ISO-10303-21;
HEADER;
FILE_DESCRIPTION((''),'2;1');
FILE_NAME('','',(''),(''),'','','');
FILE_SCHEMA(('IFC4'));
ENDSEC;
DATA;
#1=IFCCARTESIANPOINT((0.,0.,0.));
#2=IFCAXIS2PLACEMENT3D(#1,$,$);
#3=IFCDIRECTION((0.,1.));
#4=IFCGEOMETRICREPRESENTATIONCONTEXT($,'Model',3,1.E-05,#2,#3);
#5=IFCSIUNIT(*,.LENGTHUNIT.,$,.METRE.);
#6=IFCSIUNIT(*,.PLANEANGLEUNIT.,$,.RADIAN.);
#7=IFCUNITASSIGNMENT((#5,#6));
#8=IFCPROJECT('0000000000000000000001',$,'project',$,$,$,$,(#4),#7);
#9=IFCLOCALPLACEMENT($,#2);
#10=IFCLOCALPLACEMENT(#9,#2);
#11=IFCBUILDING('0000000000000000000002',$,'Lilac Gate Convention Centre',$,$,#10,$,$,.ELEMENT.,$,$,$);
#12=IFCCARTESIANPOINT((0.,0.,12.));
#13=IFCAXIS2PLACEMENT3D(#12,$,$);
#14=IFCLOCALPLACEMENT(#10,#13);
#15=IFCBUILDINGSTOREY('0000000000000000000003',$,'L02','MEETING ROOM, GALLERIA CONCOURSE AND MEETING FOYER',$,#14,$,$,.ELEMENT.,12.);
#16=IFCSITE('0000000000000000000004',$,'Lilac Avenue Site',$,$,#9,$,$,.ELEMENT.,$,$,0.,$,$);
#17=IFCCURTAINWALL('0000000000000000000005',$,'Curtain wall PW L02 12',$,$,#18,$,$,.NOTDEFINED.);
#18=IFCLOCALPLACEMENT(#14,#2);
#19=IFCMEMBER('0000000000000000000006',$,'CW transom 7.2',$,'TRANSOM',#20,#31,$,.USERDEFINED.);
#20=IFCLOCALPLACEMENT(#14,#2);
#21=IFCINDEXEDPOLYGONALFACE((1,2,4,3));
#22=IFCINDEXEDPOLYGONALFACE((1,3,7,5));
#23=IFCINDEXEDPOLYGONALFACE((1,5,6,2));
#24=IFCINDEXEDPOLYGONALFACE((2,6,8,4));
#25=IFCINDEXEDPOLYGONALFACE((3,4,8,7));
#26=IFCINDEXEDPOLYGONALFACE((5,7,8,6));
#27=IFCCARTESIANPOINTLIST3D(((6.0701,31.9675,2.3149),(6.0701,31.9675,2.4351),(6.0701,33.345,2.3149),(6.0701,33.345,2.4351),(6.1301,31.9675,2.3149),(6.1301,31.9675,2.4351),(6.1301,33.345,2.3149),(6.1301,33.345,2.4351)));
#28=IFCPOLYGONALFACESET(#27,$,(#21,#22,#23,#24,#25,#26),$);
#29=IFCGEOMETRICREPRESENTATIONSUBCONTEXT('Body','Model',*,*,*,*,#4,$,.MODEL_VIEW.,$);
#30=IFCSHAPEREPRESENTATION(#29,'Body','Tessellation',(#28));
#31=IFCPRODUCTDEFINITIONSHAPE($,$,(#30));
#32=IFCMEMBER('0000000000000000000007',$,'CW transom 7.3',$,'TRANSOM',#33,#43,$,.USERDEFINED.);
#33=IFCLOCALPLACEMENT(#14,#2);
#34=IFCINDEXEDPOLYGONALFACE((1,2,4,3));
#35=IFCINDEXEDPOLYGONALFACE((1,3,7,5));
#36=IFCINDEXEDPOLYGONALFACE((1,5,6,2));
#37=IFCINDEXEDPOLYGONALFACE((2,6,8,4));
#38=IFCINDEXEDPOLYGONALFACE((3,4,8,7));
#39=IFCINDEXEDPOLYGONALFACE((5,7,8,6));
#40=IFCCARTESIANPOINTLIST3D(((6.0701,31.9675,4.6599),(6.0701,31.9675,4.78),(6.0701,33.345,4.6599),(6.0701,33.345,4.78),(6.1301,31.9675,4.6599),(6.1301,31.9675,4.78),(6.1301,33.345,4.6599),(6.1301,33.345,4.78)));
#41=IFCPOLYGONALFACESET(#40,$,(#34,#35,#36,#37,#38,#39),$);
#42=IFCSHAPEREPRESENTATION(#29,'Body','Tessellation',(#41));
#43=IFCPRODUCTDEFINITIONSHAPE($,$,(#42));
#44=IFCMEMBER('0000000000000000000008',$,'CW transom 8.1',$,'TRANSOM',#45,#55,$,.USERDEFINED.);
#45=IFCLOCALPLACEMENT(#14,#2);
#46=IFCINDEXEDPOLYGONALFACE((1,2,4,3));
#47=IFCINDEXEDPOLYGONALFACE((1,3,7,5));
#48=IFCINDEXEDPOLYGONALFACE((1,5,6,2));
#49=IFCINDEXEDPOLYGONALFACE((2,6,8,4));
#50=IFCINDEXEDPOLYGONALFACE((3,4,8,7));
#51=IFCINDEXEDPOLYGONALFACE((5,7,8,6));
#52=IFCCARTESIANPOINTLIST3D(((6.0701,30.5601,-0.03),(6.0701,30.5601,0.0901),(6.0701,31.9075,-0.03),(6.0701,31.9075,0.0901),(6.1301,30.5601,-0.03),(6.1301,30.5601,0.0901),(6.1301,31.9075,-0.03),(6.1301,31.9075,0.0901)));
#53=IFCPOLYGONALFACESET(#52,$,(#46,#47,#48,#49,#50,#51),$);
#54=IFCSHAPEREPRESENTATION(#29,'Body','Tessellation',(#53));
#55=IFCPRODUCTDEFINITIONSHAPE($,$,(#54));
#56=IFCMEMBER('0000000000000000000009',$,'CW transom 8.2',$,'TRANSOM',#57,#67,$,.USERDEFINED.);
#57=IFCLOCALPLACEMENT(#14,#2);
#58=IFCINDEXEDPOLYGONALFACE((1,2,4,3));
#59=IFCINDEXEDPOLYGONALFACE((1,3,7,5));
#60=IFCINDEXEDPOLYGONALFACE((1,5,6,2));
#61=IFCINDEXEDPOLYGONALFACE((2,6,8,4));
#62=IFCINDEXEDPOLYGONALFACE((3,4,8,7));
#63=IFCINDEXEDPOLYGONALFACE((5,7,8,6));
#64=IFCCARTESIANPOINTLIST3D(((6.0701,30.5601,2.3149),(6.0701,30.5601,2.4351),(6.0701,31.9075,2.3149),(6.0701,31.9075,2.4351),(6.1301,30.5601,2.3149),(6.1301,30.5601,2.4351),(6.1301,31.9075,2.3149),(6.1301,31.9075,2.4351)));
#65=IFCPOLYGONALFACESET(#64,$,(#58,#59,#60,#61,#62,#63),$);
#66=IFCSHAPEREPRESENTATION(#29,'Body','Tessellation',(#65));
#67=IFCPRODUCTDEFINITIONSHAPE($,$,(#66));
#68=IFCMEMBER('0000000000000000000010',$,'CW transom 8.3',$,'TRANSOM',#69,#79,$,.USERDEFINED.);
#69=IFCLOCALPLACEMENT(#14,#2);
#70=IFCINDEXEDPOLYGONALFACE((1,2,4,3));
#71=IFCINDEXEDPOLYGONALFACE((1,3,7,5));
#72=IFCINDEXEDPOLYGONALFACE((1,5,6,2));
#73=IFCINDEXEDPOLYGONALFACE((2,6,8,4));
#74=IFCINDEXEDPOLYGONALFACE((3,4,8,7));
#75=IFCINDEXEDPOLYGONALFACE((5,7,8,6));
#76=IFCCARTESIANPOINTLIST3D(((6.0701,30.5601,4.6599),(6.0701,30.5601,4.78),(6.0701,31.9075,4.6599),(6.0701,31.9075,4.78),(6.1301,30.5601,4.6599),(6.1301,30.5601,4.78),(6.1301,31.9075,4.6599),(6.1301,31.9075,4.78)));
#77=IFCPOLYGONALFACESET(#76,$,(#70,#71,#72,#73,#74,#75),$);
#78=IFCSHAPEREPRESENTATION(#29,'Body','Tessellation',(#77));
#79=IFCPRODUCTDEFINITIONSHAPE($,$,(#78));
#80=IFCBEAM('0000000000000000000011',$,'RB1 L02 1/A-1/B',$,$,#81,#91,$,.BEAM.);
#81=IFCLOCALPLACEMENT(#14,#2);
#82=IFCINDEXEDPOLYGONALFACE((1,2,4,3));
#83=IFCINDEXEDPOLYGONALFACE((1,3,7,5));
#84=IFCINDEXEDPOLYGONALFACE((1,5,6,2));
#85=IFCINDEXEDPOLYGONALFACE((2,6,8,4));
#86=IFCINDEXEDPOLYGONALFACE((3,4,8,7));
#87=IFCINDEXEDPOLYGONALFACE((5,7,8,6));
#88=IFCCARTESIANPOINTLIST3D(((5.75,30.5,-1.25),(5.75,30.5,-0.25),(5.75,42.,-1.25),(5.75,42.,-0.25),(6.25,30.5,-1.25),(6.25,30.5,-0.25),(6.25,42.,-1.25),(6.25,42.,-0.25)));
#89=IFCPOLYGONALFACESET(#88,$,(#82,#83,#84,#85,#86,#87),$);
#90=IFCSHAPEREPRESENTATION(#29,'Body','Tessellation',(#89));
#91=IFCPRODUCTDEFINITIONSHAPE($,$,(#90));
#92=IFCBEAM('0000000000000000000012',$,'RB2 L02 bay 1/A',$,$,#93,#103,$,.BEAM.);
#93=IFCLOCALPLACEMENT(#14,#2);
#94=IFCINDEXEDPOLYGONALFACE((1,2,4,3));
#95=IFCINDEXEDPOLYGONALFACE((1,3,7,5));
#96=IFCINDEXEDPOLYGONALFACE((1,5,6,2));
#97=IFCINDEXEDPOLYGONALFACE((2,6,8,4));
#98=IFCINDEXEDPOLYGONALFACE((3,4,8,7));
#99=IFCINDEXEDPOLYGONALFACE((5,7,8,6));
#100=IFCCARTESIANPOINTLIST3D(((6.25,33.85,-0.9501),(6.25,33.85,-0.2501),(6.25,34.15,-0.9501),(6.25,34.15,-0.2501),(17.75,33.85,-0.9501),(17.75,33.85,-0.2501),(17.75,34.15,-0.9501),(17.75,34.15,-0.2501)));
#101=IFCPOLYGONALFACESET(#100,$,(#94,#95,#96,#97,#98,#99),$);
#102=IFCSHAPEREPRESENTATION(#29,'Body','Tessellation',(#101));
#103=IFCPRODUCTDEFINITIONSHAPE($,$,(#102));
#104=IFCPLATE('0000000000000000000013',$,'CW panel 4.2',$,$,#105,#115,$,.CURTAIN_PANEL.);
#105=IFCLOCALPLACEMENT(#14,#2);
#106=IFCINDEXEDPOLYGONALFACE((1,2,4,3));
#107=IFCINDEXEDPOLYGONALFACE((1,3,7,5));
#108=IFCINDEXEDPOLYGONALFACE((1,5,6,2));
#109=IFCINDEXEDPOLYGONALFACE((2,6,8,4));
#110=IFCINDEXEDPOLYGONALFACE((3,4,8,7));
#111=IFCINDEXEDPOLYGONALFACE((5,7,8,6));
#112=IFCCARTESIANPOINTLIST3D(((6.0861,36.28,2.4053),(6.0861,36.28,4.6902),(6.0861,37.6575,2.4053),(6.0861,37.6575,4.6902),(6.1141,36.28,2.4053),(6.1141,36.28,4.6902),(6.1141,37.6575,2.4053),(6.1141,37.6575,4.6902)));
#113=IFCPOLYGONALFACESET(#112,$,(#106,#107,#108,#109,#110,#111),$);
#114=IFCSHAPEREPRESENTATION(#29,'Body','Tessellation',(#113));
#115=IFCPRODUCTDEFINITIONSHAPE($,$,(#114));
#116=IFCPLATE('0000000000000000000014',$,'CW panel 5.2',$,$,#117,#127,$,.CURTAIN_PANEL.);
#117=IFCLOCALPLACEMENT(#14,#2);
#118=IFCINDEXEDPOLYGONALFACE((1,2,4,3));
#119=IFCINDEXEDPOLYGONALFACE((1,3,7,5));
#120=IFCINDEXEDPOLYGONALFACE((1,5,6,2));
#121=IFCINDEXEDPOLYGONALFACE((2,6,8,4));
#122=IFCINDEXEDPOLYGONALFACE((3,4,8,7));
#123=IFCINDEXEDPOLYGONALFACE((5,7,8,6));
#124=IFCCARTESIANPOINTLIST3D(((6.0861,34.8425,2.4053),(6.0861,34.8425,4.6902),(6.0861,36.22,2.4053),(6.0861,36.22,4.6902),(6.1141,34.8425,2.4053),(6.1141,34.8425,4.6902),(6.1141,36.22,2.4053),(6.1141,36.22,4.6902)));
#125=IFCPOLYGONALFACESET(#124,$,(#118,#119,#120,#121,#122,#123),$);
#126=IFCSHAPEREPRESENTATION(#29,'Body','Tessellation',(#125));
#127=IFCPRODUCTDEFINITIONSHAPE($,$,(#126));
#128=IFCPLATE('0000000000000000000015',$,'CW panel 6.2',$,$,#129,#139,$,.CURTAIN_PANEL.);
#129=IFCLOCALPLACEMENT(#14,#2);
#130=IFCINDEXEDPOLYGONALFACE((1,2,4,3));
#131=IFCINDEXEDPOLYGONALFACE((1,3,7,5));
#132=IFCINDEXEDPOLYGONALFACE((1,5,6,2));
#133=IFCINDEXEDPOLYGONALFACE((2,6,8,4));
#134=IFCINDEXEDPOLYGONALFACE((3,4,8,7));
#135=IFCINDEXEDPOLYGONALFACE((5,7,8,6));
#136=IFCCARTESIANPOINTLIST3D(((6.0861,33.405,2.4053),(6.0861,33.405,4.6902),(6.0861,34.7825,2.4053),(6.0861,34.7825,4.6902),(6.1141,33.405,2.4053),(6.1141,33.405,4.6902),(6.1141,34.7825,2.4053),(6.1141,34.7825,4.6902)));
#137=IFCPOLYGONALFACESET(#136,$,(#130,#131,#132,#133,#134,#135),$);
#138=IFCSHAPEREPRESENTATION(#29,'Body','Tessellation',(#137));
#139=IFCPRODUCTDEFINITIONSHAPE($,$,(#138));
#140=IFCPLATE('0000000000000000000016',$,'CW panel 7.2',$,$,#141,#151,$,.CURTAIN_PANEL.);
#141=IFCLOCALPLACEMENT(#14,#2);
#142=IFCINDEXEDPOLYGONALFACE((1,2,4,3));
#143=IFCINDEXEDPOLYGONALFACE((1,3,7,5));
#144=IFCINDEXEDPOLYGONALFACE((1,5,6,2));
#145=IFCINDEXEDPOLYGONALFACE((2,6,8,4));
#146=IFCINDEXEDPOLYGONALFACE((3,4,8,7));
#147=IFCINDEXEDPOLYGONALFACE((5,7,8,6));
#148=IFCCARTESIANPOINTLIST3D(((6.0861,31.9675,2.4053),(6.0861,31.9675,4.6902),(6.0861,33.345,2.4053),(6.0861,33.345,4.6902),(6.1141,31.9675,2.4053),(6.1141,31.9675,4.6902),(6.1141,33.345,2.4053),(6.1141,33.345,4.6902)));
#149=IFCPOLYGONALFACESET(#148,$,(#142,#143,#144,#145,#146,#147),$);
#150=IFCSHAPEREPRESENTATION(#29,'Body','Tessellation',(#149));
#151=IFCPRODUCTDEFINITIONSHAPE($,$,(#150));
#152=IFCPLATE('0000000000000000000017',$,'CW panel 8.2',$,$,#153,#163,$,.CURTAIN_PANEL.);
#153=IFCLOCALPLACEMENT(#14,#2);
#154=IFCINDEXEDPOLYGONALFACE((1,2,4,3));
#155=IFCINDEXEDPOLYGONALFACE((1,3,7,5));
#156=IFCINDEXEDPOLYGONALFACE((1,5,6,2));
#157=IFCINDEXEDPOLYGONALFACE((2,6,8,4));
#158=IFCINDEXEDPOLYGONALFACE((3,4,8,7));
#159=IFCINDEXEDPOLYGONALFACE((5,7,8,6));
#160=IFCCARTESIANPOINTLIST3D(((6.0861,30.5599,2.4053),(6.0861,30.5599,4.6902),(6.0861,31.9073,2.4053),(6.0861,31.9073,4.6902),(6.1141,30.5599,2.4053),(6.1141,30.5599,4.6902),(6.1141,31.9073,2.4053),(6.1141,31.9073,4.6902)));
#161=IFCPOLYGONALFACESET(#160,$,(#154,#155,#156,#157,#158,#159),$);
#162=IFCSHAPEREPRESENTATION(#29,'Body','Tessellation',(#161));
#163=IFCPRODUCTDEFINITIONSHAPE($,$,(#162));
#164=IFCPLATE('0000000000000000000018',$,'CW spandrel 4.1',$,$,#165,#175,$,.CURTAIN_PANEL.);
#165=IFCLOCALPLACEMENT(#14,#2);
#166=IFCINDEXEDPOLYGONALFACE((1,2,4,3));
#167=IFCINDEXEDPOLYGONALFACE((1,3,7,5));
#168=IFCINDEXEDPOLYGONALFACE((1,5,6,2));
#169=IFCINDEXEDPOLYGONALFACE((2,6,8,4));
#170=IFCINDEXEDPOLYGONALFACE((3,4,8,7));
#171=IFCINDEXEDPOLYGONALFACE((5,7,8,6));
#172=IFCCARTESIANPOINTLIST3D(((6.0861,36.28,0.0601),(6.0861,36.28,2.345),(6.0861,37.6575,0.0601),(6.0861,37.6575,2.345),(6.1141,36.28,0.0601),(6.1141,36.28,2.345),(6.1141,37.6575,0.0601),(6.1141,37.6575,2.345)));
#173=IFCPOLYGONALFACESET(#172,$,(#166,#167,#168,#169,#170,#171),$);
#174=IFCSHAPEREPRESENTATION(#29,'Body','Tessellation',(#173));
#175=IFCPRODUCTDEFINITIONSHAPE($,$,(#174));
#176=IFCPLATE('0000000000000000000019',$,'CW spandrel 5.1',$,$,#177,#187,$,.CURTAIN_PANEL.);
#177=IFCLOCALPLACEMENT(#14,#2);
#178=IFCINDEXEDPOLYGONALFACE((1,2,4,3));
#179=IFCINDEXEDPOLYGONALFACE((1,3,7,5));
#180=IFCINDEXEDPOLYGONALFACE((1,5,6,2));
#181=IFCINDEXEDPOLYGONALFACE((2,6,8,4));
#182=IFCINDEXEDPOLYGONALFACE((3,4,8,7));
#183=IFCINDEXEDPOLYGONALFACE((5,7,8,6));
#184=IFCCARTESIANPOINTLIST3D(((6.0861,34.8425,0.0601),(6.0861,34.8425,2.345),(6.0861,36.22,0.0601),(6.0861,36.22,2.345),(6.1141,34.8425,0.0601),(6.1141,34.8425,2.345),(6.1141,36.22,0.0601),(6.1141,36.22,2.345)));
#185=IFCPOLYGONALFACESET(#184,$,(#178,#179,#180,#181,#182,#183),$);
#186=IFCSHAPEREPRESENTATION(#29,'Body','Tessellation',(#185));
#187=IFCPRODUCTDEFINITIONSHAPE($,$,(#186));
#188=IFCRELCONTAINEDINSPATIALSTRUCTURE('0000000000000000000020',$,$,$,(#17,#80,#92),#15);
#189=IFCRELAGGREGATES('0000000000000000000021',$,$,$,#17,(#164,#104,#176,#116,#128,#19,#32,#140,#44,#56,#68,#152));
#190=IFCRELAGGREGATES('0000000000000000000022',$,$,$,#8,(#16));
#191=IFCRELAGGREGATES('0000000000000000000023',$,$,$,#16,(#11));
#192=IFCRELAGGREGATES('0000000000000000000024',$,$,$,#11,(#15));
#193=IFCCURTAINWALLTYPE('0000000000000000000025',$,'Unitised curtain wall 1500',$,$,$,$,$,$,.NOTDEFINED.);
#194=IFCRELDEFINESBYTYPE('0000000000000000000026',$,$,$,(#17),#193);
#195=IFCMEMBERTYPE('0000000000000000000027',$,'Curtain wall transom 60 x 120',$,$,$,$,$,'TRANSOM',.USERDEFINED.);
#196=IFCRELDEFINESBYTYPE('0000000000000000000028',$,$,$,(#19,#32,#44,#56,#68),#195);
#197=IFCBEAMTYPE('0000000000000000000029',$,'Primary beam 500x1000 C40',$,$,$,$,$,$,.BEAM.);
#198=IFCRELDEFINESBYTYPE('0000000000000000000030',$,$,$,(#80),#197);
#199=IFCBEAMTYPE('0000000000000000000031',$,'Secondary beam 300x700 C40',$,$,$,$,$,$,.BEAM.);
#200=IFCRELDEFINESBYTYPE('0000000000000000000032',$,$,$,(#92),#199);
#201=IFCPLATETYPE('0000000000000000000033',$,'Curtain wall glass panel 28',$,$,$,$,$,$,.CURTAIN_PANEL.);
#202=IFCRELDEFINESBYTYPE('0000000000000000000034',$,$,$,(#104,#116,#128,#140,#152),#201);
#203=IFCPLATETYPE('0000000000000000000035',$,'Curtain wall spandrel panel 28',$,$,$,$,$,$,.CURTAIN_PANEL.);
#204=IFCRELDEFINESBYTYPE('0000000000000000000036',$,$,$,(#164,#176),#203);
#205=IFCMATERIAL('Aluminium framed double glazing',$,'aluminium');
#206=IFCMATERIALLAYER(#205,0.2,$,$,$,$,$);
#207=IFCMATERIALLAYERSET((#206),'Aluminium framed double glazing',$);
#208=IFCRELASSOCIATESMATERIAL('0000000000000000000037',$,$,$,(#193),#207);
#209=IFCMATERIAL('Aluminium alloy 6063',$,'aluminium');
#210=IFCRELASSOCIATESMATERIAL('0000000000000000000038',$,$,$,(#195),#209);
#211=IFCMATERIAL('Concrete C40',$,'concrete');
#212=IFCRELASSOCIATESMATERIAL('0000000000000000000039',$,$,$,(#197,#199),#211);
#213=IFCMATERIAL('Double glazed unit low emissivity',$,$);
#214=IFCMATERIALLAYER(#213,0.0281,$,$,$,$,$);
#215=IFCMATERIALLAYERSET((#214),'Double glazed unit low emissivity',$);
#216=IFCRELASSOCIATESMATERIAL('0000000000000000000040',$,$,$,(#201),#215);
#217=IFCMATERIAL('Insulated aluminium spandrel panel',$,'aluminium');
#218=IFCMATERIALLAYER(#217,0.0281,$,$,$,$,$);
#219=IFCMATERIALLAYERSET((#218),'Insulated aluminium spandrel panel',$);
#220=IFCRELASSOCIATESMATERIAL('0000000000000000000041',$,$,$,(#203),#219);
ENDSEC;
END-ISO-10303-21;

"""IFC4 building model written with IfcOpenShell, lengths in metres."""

from ifc_helpers import new_model, si_unit, direction, frame, origin, origin_2d, place, context, subcontext, project, spatial, rectangle, extrude, material, layer, layer_set, material_profile, profile_set, type_object, element, aggregate, save


model = new_model("IFC4")

# Units and contexts
model_context = context("Model", 3, precision=1e-05, world=origin(), true_north=direction((0.0, 1.0)))
body_context = subcontext(model_context, "Body", "Model", "MODEL_VIEW")
ifc_project = project(units=[si_unit("LENGTHUNIT", "METRE"), si_unit("PLANEANGLEUNIT", "RADIAN")], contexts=[model_context])

# Site, building, storey
site_placement = place(None, origin())
site = spatial("IfcSite", under=ifc_project, at=site_placement, Name="Lilac Avenue Site", CompositionType="ELEMENT", RefElevation=0.0)
building_placement = place(site_placement, origin())
building = spatial("IfcBuilding", under=site, at=building_placement, Name="Lilac Gate Convention Centre", CompositionType="ELEMENT")
storey_placement = place(building_placement, frame((0.0, 0.0, 12.0)))
storey = spatial("IfcBuildingStorey", under=building, at=storey_placement, Name="L02", Description="MEETING ROOM, GALLERIA CONCOURSE AND MEETING FOYER", CompositionType="ELEMENT", Elevation=12.0)

# Curtain wall, members
ifc_material_1 = material(Name="Aluminium framed double glazing", Category="aluminium")
ifc_layer_1 = layer(ifc_material_1, 0.2)
ifc_layer_set_1 = layer_set([ifc_layer_1], Name="Aluminium framed double glazing")
curtain_wall_type = type_object("IfcCurtainWallType", Name="Unitised curtain wall 1500", PredefinedType="NOTDEFINED", material=ifc_layer_set_1)
curtain_wall_placement = place(storey_placement, origin())
curtain_wall = element("IfcCurtainWall", 1, at=curtain_wall_placement, inside=storey, type_object=curtain_wall_type, Name="Curtain wall PW L02 12", PredefinedType="NOTDEFINED")
ifc_material_2 = material(Name="Aluminium alloy 6063", Category="aluminium")
ifc_material_profile_1 = material_profile(ifc_material_2, rectangle(XDim=0.0601, YDim=0.1201, at=origin_2d()), Name="Curtain wall transom 60 x 120")
ifc_profile_set_1 = profile_set([ifc_material_profile_1], Name="Aluminium alloy 6063")
member_type_1 = type_object("IfcMemberType", Name="Curtain wall transom 60 x 120", ElementType="TRANSOM", PredefinedType="USERDEFINED", material=ifc_profile_set_1)
member_1_placement = place(storey_placement, frame((6.1001, 33.345, 2.375), z_axis=(0.0, -1.0, 0.0), x_axis=(1.0, 0.0, 0.0)))
member_1 = element("IfcMember", 2, at=member_1_placement, type_object=member_type_1, Name="CW transom 7.2", ObjectType="TRANSOM", PredefinedType="USERDEFINED", context=body_context, shape_type="SweptSolid", body=[
    extrude(rectangle(XDim=0.0601, YDim=0.1201, at=origin_2d()), origin(), (0.0, 0.0, 1.0), 1.3774),
])
member_2_placement = place(storey_placement, frame((6.1001, 33.345, 4.72), z_axis=(0.0, -1.0, 0.0), x_axis=(1.0, 0.0, 0.0)))
member_2 = element("IfcMember", 3, at=member_2_placement, type_object=member_type_1, Name="CW transom 7.3", ObjectType="TRANSOM", PredefinedType="USERDEFINED", context=body_context, shape_type="SweptSolid", body=[
    extrude(rectangle(XDim=0.0601, YDim=0.1201, at=origin_2d()), origin(), (0.0, 0.0, 1.0), 1.3774),
])
member_3_placement = place(storey_placement, frame((6.1001, 31.9075, 0.03), z_axis=(0.0, -1.0, 0.0), x_axis=(1.0, 0.0, 0.0)))
member_3 = element("IfcMember", 4, at=member_3_placement, type_object=member_type_1, Name="CW transom 8.1", ObjectType="TRANSOM", PredefinedType="USERDEFINED", context=body_context, shape_type="SweptSolid", body=[
    extrude(rectangle(XDim=0.0601, YDim=0.1201, at=origin_2d()), origin(), (0.0, 0.0, 1.0), 1.3474),
])
member_4_placement = place(storey_placement, frame((6.1001, 31.9075, 2.375), z_axis=(0.0, -1.0, 0.0), x_axis=(1.0, 0.0, 0.0)))
member_4 = element("IfcMember", 5, at=member_4_placement, type_object=member_type_1, Name="CW transom 8.2", ObjectType="TRANSOM", PredefinedType="USERDEFINED", context=body_context, shape_type="SweptSolid", body=[
    extrude(rectangle(XDim=0.0601, YDim=0.1201, at=origin_2d()), origin(), (0.0, 0.0, 1.0), 1.3474),
])
member_5_placement = place(storey_placement, frame((6.1001, 31.9075, 4.72), z_axis=(0.0, -1.0, 0.0), x_axis=(1.0, 0.0, 0.0)))
member_5 = element("IfcMember", 6, at=member_5_placement, type_object=member_type_1, Name="CW transom 8.3", ObjectType="TRANSOM", PredefinedType="USERDEFINED", context=body_context, shape_type="SweptSolid", body=[
    extrude(rectangle(XDim=0.0601, YDim=0.1201, at=origin_2d()), origin(), (0.0, 0.0, 1.0), 1.3474),
])

# Beams
ifc_material_3 = material(Name="Concrete C40", Category="concrete")
ifc_material_profile_2 = material_profile(ifc_material_3, rectangle(XDim=0.5, YDim=1.0, at=origin_2d()), Name="RC 500x1000")
ifc_profile_set_2 = profile_set([ifc_material_profile_2], Name="Concrete C40")
beam_type_1 = type_object("IfcBeamType", Name="Primary beam 500x1000 C40", PredefinedType="BEAM", material=ifc_profile_set_2)
beam_1_placement = place(storey_placement, frame((6.0, 30.5, -0.75), z_axis=(0.0, 1.0, 0.0), x_axis=(-1.0, 0.0, 0.0)))
element("IfcBeam", 7, at=beam_1_placement, inside=storey, type_object=beam_type_1, Name="RB1 L02 1/A-1/B", PredefinedType="BEAM", context=body_context, shape_type="SweptSolid", body=[
    extrude(rectangle(XDim=0.5, YDim=1.0, at=origin_2d()), origin(), (0.0, 0.0, 1.0), 11.5),
])
ifc_material_profile_3 = material_profile(ifc_material_3, rectangle(XDim=0.3, YDim=0.7, at=origin_2d()), Name="RC 300x700")
ifc_profile_set_3 = profile_set([ifc_material_profile_3], Name="Concrete C40")
beam_type_2 = type_object("IfcBeamType", Name="Secondary beam 300x700 C40", PredefinedType="BEAM", material=ifc_profile_set_3)
beam_2_placement = place(storey_placement, frame((6.25, 34.0, -0.6001), z_axis=(1.0, 0.0, 0.0), x_axis=(0.0, 1.0, 0.0)))
element("IfcBeam", 8, at=beam_2_placement, inside=storey, type_object=beam_type_2, Name="RB2 L02 bay 1/A", PredefinedType="BEAM", context=body_context, shape_type="SweptSolid", body=[
    extrude(rectangle(XDim=0.3, YDim=0.7, at=origin_2d()), origin(), (0.0, 0.0, 1.0), 11.5),
])

# Plates
ifc_material_4 = material(Name="Double glazed unit low emissivity")
ifc_layer_2 = layer(ifc_material_4, 0.0281)
ifc_layer_set_2 = layer_set([ifc_layer_2], Name="Double glazed unit low emissivity")
plate_type_1 = type_object("IfcPlateType", Name="Curtain wall glass panel 28", PredefinedType="CURTAIN_PANEL", material=ifc_layer_set_2)
plate_1_placement = place(storey_placement, frame((6.1001, 36.9688, 2.4053), z_axis=(0.0, 0.0, 1.0), x_axis=(0.0, -1.0, 0.0)))
plate_1 = element("IfcPlate", 9, at=plate_1_placement, type_object=plate_type_1, Name="CW panel 4.2", PredefinedType="CURTAIN_PANEL", context=body_context, shape_type="SweptSolid", body=[
    extrude(rectangle(XDim=1.3774, YDim=0.0281, at=origin_2d()), origin(), (0.0, 0.0, 1.0), 2.2849),
])
plate_2_placement = place(storey_placement, frame((6.1001, 35.5312, 2.4053), z_axis=(0.0, 0.0, 1.0), x_axis=(0.0, -1.0, 0.0)))
plate_2 = element("IfcPlate", 10, at=plate_2_placement, type_object=plate_type_1, Name="CW panel 5.2", PredefinedType="CURTAIN_PANEL", context=body_context, shape_type="SweptSolid", body=[
    extrude(rectangle(XDim=1.3774, YDim=0.0281, at=origin_2d()), origin(), (0.0, 0.0, 1.0), 2.2849),
])
plate_3_placement = place(storey_placement, frame((6.1001, 34.0938, 2.4053), z_axis=(0.0, 0.0, 1.0), x_axis=(0.0, -1.0, 0.0)))
plate_3 = element("IfcPlate", 11, at=plate_3_placement, type_object=plate_type_1, Name="CW panel 6.2", PredefinedType="CURTAIN_PANEL", context=body_context, shape_type="SweptSolid", body=[
    extrude(rectangle(XDim=1.3774, YDim=0.0281, at=origin_2d()), origin(), (0.0, 0.0, 1.0), 2.2849),
])
plate_4_placement = place(storey_placement, frame((6.1001, 32.6562, 2.4053), z_axis=(0.0, 0.0, 1.0), x_axis=(0.0, -1.0, 0.0)))
plate_4 = element("IfcPlate", 12, at=plate_4_placement, type_object=plate_type_1, Name="CW panel 7.2", PredefinedType="CURTAIN_PANEL", context=body_context, shape_type="SweptSolid", body=[
    extrude(rectangle(XDim=1.3774, YDim=0.0281, at=origin_2d()), origin(), (0.0, 0.0, 1.0), 2.2849),
])
plate_5_placement = place(storey_placement, frame((6.1001, 31.2336, 2.4053), z_axis=(0.0, 0.0, 1.0), x_axis=(0.0, -1.0, 0.0)))
plate_5 = element("IfcPlate", 13, at=plate_5_placement, type_object=plate_type_1, Name="CW panel 8.2", PredefinedType="CURTAIN_PANEL", context=body_context, shape_type="SweptSolid", body=[
    extrude(rectangle(XDim=1.3474, YDim=0.0281, at=origin_2d()), origin(), (0.0, 0.0, 1.0), 2.2849),
])
ifc_material_5 = material(Name="Insulated aluminium spandrel panel", Category="aluminium")
ifc_layer_3 = layer(ifc_material_5, 0.0281)
ifc_layer_set_3 = layer_set([ifc_layer_3], Name="Insulated aluminium spandrel panel")
plate_type_2 = type_object("IfcPlateType", Name="Curtain wall spandrel panel 28", PredefinedType="CURTAIN_PANEL", material=ifc_layer_set_3)
plate_6_placement = place(storey_placement, frame((6.1001, 36.9688, 0.0601), z_axis=(0.0, 0.0, 1.0), x_axis=(0.0, -1.0, 0.0)))
plate_6 = element("IfcPlate", 14, at=plate_6_placement, type_object=plate_type_2, Name="CW spandrel 4.1", PredefinedType="CURTAIN_PANEL", context=body_context, shape_type="SweptSolid", body=[
    extrude(rectangle(XDim=1.3774, YDim=0.0281, at=origin_2d()), origin(), (0.0, 0.0, 1.0), 2.2849),
])
plate_7_placement = place(storey_placement, frame((6.1001, 35.5312, 0.0601), z_axis=(0.0, 0.0, 1.0), x_axis=(0.0, -1.0, 0.0)))
plate_7 = element("IfcPlate", 15, at=plate_7_placement, type_object=plate_type_2, Name="CW spandrel 5.1", PredefinedType="CURTAIN_PANEL", context=body_context, shape_type="SweptSolid", body=[
    extrude(rectangle(XDim=1.3774, YDim=0.0281, at=origin_2d()), origin(), (0.0, 0.0, 1.0), 2.2849),
])
aggregate(curtain_wall, [plate_6, plate_1, plate_7, plate_2, plate_3, member_1, member_2, plate_4, member_3, member_4, member_5, plate_5])

save(model, "model.ifc")
